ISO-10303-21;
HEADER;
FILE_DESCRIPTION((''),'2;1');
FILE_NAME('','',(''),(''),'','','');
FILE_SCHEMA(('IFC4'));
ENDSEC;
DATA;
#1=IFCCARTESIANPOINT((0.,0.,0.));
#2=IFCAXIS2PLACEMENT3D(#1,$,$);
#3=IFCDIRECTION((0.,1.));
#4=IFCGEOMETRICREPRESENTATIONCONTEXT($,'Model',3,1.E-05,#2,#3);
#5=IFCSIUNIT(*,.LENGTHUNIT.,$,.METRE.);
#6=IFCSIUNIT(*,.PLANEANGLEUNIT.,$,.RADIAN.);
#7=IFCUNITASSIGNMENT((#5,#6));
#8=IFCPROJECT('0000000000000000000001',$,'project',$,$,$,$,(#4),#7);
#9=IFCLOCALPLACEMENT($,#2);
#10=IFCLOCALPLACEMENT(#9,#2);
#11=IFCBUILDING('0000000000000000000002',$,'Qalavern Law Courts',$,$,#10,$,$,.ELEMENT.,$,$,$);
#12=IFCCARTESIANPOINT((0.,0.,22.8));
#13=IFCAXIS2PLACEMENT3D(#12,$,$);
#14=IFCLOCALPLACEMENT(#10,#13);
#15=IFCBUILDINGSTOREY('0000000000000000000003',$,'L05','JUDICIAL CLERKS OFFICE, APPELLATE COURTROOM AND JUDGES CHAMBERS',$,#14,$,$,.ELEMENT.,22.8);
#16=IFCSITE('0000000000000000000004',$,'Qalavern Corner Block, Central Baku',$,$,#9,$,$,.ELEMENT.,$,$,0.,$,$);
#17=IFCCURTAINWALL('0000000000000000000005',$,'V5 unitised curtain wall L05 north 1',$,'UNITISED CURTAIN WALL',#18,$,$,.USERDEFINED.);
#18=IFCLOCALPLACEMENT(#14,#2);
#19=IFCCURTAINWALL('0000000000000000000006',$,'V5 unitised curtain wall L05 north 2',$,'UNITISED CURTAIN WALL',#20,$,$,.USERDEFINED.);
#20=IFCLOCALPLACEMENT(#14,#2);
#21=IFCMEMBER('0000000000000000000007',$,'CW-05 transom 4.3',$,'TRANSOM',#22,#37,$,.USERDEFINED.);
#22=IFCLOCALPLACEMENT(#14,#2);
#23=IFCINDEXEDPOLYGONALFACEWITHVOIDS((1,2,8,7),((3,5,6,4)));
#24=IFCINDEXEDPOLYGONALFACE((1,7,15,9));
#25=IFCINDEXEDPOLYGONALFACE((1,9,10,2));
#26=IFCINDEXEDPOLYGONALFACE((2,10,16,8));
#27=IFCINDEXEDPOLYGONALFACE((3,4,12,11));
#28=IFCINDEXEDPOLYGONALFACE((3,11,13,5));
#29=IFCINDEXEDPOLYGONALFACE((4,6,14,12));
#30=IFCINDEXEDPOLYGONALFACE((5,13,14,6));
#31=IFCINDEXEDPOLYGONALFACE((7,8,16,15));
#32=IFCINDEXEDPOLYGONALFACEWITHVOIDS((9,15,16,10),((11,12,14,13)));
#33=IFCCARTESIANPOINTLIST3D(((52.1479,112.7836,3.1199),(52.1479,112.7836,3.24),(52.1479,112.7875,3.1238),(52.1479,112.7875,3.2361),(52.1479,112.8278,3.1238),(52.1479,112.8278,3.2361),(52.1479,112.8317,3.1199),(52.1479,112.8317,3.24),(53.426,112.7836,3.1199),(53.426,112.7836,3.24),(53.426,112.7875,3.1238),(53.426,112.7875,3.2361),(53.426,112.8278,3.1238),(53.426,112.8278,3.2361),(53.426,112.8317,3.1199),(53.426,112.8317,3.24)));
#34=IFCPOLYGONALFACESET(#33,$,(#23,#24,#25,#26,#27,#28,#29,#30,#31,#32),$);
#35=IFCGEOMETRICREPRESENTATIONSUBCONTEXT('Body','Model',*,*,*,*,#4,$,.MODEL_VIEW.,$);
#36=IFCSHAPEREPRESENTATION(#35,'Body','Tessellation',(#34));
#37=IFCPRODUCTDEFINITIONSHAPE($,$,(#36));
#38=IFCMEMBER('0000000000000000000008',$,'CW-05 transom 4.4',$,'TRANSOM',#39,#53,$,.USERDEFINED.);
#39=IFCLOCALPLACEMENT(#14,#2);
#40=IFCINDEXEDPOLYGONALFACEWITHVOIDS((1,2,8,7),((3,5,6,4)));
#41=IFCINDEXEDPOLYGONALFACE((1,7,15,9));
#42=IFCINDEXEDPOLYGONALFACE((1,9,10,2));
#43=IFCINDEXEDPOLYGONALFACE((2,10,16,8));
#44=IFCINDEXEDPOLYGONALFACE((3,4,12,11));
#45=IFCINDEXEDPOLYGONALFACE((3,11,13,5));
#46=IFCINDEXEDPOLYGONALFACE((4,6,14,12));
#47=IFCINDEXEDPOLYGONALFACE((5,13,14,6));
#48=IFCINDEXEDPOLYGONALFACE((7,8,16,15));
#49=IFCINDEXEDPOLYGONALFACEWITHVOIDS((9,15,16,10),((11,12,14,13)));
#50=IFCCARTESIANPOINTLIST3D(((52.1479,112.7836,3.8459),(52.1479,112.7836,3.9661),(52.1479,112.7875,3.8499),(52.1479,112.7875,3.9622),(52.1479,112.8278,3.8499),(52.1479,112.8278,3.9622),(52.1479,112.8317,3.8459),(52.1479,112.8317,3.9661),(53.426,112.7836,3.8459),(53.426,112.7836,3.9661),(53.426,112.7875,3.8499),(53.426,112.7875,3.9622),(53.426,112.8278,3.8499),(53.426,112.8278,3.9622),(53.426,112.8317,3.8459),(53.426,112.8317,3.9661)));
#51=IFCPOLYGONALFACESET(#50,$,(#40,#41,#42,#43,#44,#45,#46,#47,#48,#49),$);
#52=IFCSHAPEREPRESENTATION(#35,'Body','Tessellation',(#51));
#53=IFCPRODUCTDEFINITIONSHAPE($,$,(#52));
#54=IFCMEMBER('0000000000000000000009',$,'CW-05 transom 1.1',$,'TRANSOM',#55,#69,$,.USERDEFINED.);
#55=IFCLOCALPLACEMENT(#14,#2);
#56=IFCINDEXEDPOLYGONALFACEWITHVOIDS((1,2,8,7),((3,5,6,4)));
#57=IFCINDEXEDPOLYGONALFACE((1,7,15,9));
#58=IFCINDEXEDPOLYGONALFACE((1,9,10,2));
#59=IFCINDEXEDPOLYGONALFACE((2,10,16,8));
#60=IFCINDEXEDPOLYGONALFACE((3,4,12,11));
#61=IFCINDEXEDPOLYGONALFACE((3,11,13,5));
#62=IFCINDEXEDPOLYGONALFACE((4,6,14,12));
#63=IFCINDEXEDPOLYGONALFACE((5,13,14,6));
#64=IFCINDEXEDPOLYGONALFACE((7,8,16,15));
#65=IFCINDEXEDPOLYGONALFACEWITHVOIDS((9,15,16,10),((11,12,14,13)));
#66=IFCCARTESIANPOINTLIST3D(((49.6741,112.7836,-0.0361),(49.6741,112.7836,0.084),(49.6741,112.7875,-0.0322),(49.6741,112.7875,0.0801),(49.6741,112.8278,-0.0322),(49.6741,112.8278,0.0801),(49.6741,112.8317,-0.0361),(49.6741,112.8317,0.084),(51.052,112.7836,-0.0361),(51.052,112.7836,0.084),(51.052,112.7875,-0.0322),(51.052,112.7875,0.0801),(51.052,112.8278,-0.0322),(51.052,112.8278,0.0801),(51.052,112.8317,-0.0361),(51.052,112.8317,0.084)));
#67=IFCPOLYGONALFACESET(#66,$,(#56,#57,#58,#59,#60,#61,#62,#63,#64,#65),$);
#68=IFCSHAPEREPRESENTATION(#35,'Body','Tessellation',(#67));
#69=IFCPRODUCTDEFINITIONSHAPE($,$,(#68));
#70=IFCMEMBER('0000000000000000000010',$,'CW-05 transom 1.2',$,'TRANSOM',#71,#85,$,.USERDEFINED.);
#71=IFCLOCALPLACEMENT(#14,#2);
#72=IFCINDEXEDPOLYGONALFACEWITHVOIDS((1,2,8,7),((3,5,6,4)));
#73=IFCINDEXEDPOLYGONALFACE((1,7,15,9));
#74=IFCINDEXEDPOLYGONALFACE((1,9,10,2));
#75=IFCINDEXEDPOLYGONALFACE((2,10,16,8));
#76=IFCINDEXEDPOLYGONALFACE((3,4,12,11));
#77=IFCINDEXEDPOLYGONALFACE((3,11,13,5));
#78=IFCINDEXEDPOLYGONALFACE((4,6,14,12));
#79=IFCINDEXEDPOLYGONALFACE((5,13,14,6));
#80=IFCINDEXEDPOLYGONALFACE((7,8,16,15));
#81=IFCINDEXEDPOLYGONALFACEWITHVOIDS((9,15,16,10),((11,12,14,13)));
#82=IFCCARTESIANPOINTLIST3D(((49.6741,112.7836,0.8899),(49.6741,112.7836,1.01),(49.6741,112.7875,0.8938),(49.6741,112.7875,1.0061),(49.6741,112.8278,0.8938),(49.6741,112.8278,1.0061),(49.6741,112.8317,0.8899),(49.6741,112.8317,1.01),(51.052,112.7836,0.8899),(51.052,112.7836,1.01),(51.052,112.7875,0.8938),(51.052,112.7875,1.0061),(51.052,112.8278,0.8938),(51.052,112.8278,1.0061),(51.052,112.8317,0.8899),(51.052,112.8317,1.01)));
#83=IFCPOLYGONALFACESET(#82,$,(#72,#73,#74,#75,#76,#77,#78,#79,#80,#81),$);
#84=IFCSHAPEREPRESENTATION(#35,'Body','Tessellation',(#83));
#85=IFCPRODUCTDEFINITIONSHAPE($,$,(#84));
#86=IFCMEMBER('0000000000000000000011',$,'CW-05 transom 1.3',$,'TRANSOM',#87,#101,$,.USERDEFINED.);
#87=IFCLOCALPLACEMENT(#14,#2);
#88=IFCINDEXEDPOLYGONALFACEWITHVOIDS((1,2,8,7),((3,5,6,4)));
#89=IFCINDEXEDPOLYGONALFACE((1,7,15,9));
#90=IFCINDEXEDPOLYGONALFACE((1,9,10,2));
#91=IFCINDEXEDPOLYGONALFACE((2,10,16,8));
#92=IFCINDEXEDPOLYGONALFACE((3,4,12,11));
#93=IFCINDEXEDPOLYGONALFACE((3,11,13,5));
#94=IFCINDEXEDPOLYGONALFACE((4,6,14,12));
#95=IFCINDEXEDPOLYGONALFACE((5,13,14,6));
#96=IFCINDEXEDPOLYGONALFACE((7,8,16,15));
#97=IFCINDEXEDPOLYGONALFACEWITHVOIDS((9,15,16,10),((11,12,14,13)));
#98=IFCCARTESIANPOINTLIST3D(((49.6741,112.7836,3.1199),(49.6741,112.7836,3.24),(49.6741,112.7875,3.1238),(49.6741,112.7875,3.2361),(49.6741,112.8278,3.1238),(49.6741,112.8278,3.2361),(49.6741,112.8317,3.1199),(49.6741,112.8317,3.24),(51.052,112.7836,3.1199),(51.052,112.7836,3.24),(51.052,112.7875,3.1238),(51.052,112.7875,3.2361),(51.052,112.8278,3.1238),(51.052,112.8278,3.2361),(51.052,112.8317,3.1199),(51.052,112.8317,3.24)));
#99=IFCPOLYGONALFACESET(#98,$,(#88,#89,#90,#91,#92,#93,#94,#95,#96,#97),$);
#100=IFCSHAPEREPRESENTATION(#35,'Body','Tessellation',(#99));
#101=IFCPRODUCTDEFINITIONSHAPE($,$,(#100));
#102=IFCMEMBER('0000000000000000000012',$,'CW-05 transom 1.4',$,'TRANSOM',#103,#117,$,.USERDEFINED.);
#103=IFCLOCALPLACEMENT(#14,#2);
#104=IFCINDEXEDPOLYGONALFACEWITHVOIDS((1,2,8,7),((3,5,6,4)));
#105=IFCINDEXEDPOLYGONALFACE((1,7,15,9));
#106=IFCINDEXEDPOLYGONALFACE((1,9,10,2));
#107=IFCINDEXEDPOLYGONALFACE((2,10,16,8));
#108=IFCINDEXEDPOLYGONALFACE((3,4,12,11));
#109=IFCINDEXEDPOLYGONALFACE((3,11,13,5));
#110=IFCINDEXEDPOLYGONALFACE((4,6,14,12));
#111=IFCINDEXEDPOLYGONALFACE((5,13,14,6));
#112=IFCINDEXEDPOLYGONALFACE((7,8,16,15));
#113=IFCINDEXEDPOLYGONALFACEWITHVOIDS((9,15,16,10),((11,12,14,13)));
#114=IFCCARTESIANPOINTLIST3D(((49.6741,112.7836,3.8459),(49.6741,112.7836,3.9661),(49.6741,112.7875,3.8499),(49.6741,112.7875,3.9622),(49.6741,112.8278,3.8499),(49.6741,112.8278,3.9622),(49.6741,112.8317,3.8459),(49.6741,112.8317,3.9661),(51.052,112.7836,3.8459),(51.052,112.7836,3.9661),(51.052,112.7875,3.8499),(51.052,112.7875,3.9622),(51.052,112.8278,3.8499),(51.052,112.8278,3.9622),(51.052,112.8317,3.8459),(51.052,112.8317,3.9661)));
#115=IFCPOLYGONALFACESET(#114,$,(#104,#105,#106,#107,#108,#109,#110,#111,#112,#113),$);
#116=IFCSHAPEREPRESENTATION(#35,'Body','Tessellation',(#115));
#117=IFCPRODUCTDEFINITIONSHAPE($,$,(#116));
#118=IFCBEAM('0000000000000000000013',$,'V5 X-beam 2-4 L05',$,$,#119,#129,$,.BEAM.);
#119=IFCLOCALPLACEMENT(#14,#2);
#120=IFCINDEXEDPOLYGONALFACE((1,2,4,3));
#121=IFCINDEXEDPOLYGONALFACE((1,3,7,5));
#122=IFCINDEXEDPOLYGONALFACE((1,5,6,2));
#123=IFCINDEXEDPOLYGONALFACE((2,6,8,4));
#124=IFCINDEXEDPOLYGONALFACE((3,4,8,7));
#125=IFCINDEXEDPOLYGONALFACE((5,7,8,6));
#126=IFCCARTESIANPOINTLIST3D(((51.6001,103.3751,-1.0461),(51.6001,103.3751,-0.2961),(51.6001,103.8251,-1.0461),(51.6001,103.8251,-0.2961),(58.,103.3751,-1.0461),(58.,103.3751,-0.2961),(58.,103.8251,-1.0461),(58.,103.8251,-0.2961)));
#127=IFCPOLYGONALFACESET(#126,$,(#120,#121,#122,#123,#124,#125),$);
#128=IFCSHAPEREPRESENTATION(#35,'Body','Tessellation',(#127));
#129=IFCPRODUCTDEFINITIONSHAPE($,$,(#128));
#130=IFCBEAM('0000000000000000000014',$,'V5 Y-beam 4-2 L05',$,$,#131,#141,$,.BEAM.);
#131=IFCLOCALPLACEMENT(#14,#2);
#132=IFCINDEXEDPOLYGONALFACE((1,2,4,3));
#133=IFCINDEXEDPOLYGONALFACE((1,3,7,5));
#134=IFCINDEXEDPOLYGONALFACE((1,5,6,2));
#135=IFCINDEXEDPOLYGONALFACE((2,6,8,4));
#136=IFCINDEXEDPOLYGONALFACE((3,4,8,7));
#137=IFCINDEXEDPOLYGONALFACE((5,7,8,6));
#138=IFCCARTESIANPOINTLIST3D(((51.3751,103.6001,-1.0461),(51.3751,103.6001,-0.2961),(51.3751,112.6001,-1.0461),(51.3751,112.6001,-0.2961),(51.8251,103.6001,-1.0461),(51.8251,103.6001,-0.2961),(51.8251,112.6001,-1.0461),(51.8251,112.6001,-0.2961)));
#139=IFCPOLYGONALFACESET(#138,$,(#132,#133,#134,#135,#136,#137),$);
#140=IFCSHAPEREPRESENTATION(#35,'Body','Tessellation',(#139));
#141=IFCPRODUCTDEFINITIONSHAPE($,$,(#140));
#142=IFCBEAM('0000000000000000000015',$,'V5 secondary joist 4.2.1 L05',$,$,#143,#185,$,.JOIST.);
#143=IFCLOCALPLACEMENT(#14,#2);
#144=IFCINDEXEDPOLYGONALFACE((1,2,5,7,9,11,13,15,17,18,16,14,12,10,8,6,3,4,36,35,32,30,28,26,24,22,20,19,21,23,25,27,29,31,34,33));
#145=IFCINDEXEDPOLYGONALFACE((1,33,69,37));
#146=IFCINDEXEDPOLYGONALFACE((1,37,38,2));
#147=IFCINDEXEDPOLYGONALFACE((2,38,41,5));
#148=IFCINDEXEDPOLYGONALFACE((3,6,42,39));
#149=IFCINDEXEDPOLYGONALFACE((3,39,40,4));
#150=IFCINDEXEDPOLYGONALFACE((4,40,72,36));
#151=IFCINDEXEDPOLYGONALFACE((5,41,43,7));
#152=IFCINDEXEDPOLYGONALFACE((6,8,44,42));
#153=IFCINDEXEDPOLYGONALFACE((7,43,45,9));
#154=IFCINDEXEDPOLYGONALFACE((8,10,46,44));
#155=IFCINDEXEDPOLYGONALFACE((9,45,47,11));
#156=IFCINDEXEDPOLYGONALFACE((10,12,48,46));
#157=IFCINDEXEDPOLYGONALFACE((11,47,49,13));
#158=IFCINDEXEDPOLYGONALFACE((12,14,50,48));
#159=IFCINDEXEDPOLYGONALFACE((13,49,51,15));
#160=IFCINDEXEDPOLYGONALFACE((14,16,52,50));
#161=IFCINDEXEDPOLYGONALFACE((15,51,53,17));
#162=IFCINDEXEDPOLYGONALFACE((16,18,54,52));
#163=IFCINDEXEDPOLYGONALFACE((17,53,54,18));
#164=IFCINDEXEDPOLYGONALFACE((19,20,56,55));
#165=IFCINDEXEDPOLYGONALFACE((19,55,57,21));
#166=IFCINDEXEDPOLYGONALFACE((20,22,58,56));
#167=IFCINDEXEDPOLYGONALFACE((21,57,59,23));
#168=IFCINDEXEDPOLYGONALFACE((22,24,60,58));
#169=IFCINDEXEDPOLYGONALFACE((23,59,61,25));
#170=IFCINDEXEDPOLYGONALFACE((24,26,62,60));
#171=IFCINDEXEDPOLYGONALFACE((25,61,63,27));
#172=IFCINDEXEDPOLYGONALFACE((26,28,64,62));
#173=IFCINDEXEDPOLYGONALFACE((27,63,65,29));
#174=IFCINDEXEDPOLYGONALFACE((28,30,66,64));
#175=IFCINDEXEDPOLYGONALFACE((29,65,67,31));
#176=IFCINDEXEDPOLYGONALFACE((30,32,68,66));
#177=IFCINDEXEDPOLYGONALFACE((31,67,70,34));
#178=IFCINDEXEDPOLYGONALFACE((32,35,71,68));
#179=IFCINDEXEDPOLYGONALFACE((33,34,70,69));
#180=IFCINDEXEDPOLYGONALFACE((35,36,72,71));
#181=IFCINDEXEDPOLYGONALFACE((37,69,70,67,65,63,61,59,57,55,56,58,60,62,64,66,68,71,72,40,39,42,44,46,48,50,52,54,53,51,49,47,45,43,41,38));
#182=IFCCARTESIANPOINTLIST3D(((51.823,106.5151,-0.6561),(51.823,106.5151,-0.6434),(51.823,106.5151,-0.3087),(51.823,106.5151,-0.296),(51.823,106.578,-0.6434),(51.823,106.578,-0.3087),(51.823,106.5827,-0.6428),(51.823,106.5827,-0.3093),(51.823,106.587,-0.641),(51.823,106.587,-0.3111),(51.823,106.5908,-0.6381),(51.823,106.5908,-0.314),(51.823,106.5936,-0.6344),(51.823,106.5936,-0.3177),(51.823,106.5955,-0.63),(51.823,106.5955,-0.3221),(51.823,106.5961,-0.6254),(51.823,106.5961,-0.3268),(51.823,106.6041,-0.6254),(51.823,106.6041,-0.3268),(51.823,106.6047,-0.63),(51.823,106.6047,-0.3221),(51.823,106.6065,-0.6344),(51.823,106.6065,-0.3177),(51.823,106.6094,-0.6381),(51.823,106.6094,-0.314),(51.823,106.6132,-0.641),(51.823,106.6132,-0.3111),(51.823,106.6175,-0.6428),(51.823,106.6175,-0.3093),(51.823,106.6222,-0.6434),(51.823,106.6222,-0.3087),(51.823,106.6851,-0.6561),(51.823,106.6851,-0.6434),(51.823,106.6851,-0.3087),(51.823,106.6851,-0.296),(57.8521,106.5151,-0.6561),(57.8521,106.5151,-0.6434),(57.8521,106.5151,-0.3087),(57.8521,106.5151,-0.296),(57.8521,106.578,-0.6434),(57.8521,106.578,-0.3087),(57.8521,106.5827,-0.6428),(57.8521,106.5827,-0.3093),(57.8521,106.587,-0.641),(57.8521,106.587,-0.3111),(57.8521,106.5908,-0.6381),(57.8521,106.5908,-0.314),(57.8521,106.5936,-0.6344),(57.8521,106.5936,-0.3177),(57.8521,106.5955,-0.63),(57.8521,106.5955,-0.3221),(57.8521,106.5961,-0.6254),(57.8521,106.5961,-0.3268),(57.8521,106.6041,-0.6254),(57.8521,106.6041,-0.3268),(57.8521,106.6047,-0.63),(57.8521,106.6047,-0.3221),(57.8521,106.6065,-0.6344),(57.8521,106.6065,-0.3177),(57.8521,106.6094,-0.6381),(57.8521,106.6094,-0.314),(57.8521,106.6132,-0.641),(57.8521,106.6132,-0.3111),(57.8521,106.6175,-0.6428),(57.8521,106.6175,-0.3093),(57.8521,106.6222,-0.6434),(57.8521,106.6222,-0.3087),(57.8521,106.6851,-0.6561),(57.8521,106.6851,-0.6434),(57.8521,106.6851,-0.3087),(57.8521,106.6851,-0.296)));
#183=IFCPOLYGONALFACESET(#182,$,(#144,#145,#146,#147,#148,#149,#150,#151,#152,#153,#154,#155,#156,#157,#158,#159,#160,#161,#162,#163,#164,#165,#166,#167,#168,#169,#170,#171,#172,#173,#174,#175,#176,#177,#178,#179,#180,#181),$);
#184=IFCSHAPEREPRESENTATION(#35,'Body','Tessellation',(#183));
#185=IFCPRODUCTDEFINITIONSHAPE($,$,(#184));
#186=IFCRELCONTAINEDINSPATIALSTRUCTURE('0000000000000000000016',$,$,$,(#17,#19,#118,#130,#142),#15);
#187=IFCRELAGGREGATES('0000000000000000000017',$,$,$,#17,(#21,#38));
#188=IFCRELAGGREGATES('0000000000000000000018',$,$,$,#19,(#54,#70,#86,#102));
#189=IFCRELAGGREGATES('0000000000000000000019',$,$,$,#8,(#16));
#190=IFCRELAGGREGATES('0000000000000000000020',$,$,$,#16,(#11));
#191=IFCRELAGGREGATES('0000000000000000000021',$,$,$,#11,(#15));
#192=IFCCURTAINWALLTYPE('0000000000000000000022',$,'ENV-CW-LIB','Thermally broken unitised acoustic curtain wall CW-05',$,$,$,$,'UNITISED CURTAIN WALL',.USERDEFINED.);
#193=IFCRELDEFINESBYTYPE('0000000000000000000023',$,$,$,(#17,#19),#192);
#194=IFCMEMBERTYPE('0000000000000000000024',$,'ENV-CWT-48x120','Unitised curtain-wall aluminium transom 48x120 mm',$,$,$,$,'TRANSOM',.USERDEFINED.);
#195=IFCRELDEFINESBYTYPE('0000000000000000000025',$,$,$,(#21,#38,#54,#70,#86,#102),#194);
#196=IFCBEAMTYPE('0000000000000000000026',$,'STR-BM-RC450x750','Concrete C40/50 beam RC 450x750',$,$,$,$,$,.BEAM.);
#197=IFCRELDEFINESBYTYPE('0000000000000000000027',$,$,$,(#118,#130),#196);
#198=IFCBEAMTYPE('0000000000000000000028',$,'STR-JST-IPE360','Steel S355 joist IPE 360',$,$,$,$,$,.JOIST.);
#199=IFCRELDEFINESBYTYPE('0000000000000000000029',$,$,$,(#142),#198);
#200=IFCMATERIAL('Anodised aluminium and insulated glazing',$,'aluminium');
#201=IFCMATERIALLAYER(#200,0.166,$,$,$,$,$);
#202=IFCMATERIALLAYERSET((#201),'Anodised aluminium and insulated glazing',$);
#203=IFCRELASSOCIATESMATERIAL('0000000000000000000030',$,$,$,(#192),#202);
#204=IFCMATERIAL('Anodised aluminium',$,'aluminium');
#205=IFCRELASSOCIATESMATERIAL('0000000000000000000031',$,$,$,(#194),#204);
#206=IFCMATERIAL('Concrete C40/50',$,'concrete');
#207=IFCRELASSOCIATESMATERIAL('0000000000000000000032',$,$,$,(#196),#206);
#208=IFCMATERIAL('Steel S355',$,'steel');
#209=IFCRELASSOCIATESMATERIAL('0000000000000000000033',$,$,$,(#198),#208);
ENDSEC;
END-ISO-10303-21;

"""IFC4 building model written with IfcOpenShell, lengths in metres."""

from ifc_helpers import new_model, si_unit, direction, frame, origin, origin_2d, place, context, subcontext, project, spatial, rectangle, hollow_rectangle, i_section, extrude, material, layer, layer_set, material_profile, profile_set, type_object, element, aggregate, save


model = new_model("IFC4")

# Units and contexts
model_context = context("Model", 3, precision=1e-05, world=origin(), true_north=direction((0.0, 1.0)))
body_context = subcontext(model_context, "Body", "Model", "MODEL_VIEW")
ifc_project = project(units=[si_unit("LENGTHUNIT", "METRE"), si_unit("PLANEANGLEUNIT", "RADIAN")], contexts=[model_context])

# Site, building, storey
site_placement = place(None, origin())
site = spatial("IfcSite", under=ifc_project, at=site_placement, Name="Qalavern Corner Block, Central Baku", CompositionType="ELEMENT", RefElevation=0.0)
building_placement = place(site_placement, origin())
building = spatial("IfcBuilding", under=site, at=building_placement, Name="Qalavern Law Courts", CompositionType="ELEMENT")
storey_placement = place(building_placement, frame((0.0, 0.0, 22.8)))
storey = spatial("IfcBuildingStorey", under=building, at=storey_placement, Name="L05", Description="JUDICIAL CLERKS OFFICE, APPELLATE COURTROOM AND JUDGES CHAMBERS", CompositionType="ELEMENT", Elevation=22.8)

# Curtain wall
ifc_material_1 = material(Name="Anodised aluminium and insulated glazing", Category="aluminium")
ifc_layer_1 = layer(ifc_material_1, 0.166)
ifc_layer_set_1 = layer_set([ifc_layer_1], Name="Anodised aluminium and insulated glazing")
curtain_wall_type = type_object("IfcCurtainWallType", Name="ENV-CW-LIB", Description="Thermally broken unitised acoustic curtain wall CW-05", ElementType="UNITISED CURTAIN WALL", PredefinedType="USERDEFINED", material=ifc_layer_set_1)
curtain_wall_1_placement = place(storey_placement, origin())
curtain_wall_1 = element("IfcCurtainWall", 1, at=curtain_wall_1_placement, inside=storey, type_object=curtain_wall_type, Name="V5 unitised curtain wall L05 north 1", ObjectType="UNITISED CURTAIN WALL", PredefinedType="USERDEFINED")
ifc_material_2 = material(Name="Anodised aluminium", Category="aluminium")

# Curtain wall
curtain_wall_2_placement = place(storey_placement, origin())
curtain_wall_2 = element("IfcCurtainWall", 2, at=curtain_wall_2_placement, inside=storey, type_object=curtain_wall_type, Name="V5 unitised curtain wall L05 north 2", ObjectType="UNITISED CURTAIN WALL", PredefinedType="USERDEFINED")

# Members
ifc_material_profile_1 = material_profile(ifc_material_2, hollow_rectangle(XDim=0.0481, YDim=0.1201, WallThickness=0.0039, at=origin_2d()), Name="ALU TRANSOM 48x120")
ifc_profile_set_1 = profile_set([ifc_material_profile_1], Name="Anodised aluminium")
member_type_1 = type_object("IfcMemberType", Name="ENV-CWT-48x120", Description="Unitised curtain-wall aluminium transom 48x120 mm", ElementType="TRANSOM", PredefinedType="USERDEFINED", material=ifc_profile_set_1)
member_1_placement = place(storey_placement, frame((53.426, 112.8076, 3.1799), z_axis=(-1.0, 0.0, 0.0), x_axis=(0.0, -1.0, 0.0)))
member_1 = element("IfcMember", 3, at=member_1_placement, type_object=member_type_1, Name="CW-05 transom 4.3", ObjectType="TRANSOM", PredefinedType="USERDEFINED", context=body_context, shape_type="SweptSolid", body=[
    extrude(hollow_rectangle(XDim=0.0481, YDim=0.1201, WallThickness=0.0039, at=origin_2d()), origin(), (0.0, 0.0, 1.0), 1.2781),
])
member_2_placement = place(storey_placement, frame((53.426, 112.8076, 3.906), z_axis=(-1.0, 0.0, 0.0), x_axis=(0.0, -1.0, 0.0)))
member_2 = element("IfcMember", 4, at=member_2_placement, type_object=member_type_1, Name="CW-05 transom 4.4", ObjectType="TRANSOM", PredefinedType="USERDEFINED", context=body_context, shape_type="SweptSolid", body=[
    extrude(hollow_rectangle(XDim=0.0481, YDim=0.1201, WallThickness=0.0039, at=origin_2d()), origin(), (0.0, 0.0, 1.0), 1.2781),
])
member_3_placement = place(storey_placement, frame((51.052, 112.8076, 0.0239), z_axis=(-1.0, 0.0, 0.0), x_axis=(0.0, -1.0, 0.0)))
member_3 = element("IfcMember", 5, at=member_3_placement, type_object=member_type_1, Name="CW-05 transom 1.1", ObjectType="TRANSOM", PredefinedType="USERDEFINED", context=body_context, shape_type="SweptSolid", body=[
    extrude(hollow_rectangle(XDim=0.0481, YDim=0.1201, WallThickness=0.0039, at=origin_2d()), origin(), (0.0, 0.0, 1.0), 1.3779),
])
member_4_placement = place(storey_placement, frame((51.052, 112.8076, 0.95), z_axis=(-1.0, 0.0, 0.0), x_axis=(0.0, -1.0, 0.0)))
member_4 = element("IfcMember", 6, at=member_4_placement, type_object=member_type_1, Name="CW-05 transom 1.2", ObjectType="TRANSOM", PredefinedType="USERDEFINED", context=body_context, shape_type="SweptSolid", body=[
    extrude(hollow_rectangle(XDim=0.0481, YDim=0.1201, WallThickness=0.0039, at=origin_2d()), origin(), (0.0, 0.0, 1.0), 1.3779),
])
member_5_placement = place(storey_placement, frame((51.052, 112.8076, 3.1799), z_axis=(-1.0, 0.0, 0.0), x_axis=(0.0, -1.0, 0.0)))
member_5 = element("IfcMember", 7, at=member_5_placement, type_object=member_type_1, Name="CW-05 transom 1.3", ObjectType="TRANSOM", PredefinedType="USERDEFINED", context=body_context, shape_type="SweptSolid", body=[
    extrude(hollow_rectangle(XDim=0.0481, YDim=0.1201, WallThickness=0.0039, at=origin_2d()), origin(), (0.0, 0.0, 1.0), 1.3779),
])
member_6_placement = place(storey_placement, frame((51.052, 112.8076, 3.906), z_axis=(-1.0, 0.0, 0.0), x_axis=(0.0, -1.0, 0.0)))
member_6 = element("IfcMember", 8, at=member_6_placement, type_object=member_type_1, Name="CW-05 transom 1.4", ObjectType="TRANSOM", PredefinedType="USERDEFINED", context=body_context, shape_type="SweptSolid", body=[
    extrude(hollow_rectangle(XDim=0.0481, YDim=0.1201, WallThickness=0.0039, at=origin_2d()), origin(), (0.0, 0.0, 1.0), 1.3779),
])

# Beams
ifc_material_3 = material(Name="Concrete C40/50", Category="concrete")
ifc_material_profile_2 = material_profile(ifc_material_3, rectangle(XDim=0.45, YDim=0.75, at=origin_2d()), Name="RC 450x750")
ifc_profile_set_2 = profile_set([ifc_material_profile_2], Name="Concrete C40/50")
beam_type_1 = type_object("IfcBeamType", Name="STR-BM-RC450x750", Description="Concrete C40/50 beam RC 450x750", PredefinedType="BEAM", material=ifc_profile_set_2)
beam_1_placement = place(storey_placement, frame((51.6001, 103.6001, -0.6711), z_axis=(1.0, 0.0, 0.0), x_axis=(0.0, 1.0, 0.0)))
element("IfcBeam", 9, at=beam_1_placement, inside=storey, type_object=beam_type_1, Name="V5 X-beam 2-4 L05", PredefinedType="BEAM", context=body_context, shape_type="SweptSolid", body=[
    extrude(rectangle(XDim=0.45, YDim=0.75, at=origin_2d()), origin(), (0.0, 0.0, 1.0), 6.3999),
])
beam_2_placement = place(storey_placement, frame((51.6001, 103.6001, -0.6711), z_axis=(0.0, 1.0, 0.0), x_axis=(-1.0, 0.0, 0.0)))
element("IfcBeam", 10, at=beam_2_placement, inside=storey, type_object=beam_type_1, Name="V5 Y-beam 4-2 L05", PredefinedType="BEAM", context=body_context, shape_type="SweptSolid", body=[
    extrude(rectangle(XDim=0.45, YDim=0.75, at=origin_2d()), origin(), (0.0, 0.0, 1.0), 9.0),
])
ifc_material_4 = material(Name="Steel S355", Category="steel")
ifc_material_profile_3 = material_profile(ifc_material_4, i_section(OverallWidth=0.1699, OverallDepth=0.3601, WebThickness=0.0081, FlangeThickness=0.0127, FilletRadius=0.0181, at=origin_2d()), Name="IPE 360")
ifc_profile_set_3 = profile_set([ifc_material_profile_3], Name="Steel S355")
beam_type_2 = type_object("IfcBeamType", Name="STR-JST-IPE360", Description="Steel S355 joist IPE 360", PredefinedType="JOIST", material=ifc_profile_set_3)
beam_3_placement = place(storey_placement, frame((51.823, 106.6001, -0.4761), z_axis=(1.0, 0.0, 0.0), x_axis=(0.0, 1.0, 0.0)))
element("IfcBeam", 11, at=beam_3_placement, inside=storey, type_object=beam_type_2, Name="V5 secondary joist 4.2.1 L05", PredefinedType="JOIST", context=body_context, shape_type="SweptSolid", body=[
    extrude(i_section(OverallWidth=0.1699, OverallDepth=0.3601, WebThickness=0.0081, FlangeThickness=0.0127, FilletRadius=0.0181, at=origin_2d()), origin(), (0.0, 0.0, 1.0), 6.0291),
])

aggregate(curtain_wall_1, [member_1, member_2])
aggregate(curtain_wall_2, [member_3, member_4, member_5, member_6])

save(model, "model.ifc")
